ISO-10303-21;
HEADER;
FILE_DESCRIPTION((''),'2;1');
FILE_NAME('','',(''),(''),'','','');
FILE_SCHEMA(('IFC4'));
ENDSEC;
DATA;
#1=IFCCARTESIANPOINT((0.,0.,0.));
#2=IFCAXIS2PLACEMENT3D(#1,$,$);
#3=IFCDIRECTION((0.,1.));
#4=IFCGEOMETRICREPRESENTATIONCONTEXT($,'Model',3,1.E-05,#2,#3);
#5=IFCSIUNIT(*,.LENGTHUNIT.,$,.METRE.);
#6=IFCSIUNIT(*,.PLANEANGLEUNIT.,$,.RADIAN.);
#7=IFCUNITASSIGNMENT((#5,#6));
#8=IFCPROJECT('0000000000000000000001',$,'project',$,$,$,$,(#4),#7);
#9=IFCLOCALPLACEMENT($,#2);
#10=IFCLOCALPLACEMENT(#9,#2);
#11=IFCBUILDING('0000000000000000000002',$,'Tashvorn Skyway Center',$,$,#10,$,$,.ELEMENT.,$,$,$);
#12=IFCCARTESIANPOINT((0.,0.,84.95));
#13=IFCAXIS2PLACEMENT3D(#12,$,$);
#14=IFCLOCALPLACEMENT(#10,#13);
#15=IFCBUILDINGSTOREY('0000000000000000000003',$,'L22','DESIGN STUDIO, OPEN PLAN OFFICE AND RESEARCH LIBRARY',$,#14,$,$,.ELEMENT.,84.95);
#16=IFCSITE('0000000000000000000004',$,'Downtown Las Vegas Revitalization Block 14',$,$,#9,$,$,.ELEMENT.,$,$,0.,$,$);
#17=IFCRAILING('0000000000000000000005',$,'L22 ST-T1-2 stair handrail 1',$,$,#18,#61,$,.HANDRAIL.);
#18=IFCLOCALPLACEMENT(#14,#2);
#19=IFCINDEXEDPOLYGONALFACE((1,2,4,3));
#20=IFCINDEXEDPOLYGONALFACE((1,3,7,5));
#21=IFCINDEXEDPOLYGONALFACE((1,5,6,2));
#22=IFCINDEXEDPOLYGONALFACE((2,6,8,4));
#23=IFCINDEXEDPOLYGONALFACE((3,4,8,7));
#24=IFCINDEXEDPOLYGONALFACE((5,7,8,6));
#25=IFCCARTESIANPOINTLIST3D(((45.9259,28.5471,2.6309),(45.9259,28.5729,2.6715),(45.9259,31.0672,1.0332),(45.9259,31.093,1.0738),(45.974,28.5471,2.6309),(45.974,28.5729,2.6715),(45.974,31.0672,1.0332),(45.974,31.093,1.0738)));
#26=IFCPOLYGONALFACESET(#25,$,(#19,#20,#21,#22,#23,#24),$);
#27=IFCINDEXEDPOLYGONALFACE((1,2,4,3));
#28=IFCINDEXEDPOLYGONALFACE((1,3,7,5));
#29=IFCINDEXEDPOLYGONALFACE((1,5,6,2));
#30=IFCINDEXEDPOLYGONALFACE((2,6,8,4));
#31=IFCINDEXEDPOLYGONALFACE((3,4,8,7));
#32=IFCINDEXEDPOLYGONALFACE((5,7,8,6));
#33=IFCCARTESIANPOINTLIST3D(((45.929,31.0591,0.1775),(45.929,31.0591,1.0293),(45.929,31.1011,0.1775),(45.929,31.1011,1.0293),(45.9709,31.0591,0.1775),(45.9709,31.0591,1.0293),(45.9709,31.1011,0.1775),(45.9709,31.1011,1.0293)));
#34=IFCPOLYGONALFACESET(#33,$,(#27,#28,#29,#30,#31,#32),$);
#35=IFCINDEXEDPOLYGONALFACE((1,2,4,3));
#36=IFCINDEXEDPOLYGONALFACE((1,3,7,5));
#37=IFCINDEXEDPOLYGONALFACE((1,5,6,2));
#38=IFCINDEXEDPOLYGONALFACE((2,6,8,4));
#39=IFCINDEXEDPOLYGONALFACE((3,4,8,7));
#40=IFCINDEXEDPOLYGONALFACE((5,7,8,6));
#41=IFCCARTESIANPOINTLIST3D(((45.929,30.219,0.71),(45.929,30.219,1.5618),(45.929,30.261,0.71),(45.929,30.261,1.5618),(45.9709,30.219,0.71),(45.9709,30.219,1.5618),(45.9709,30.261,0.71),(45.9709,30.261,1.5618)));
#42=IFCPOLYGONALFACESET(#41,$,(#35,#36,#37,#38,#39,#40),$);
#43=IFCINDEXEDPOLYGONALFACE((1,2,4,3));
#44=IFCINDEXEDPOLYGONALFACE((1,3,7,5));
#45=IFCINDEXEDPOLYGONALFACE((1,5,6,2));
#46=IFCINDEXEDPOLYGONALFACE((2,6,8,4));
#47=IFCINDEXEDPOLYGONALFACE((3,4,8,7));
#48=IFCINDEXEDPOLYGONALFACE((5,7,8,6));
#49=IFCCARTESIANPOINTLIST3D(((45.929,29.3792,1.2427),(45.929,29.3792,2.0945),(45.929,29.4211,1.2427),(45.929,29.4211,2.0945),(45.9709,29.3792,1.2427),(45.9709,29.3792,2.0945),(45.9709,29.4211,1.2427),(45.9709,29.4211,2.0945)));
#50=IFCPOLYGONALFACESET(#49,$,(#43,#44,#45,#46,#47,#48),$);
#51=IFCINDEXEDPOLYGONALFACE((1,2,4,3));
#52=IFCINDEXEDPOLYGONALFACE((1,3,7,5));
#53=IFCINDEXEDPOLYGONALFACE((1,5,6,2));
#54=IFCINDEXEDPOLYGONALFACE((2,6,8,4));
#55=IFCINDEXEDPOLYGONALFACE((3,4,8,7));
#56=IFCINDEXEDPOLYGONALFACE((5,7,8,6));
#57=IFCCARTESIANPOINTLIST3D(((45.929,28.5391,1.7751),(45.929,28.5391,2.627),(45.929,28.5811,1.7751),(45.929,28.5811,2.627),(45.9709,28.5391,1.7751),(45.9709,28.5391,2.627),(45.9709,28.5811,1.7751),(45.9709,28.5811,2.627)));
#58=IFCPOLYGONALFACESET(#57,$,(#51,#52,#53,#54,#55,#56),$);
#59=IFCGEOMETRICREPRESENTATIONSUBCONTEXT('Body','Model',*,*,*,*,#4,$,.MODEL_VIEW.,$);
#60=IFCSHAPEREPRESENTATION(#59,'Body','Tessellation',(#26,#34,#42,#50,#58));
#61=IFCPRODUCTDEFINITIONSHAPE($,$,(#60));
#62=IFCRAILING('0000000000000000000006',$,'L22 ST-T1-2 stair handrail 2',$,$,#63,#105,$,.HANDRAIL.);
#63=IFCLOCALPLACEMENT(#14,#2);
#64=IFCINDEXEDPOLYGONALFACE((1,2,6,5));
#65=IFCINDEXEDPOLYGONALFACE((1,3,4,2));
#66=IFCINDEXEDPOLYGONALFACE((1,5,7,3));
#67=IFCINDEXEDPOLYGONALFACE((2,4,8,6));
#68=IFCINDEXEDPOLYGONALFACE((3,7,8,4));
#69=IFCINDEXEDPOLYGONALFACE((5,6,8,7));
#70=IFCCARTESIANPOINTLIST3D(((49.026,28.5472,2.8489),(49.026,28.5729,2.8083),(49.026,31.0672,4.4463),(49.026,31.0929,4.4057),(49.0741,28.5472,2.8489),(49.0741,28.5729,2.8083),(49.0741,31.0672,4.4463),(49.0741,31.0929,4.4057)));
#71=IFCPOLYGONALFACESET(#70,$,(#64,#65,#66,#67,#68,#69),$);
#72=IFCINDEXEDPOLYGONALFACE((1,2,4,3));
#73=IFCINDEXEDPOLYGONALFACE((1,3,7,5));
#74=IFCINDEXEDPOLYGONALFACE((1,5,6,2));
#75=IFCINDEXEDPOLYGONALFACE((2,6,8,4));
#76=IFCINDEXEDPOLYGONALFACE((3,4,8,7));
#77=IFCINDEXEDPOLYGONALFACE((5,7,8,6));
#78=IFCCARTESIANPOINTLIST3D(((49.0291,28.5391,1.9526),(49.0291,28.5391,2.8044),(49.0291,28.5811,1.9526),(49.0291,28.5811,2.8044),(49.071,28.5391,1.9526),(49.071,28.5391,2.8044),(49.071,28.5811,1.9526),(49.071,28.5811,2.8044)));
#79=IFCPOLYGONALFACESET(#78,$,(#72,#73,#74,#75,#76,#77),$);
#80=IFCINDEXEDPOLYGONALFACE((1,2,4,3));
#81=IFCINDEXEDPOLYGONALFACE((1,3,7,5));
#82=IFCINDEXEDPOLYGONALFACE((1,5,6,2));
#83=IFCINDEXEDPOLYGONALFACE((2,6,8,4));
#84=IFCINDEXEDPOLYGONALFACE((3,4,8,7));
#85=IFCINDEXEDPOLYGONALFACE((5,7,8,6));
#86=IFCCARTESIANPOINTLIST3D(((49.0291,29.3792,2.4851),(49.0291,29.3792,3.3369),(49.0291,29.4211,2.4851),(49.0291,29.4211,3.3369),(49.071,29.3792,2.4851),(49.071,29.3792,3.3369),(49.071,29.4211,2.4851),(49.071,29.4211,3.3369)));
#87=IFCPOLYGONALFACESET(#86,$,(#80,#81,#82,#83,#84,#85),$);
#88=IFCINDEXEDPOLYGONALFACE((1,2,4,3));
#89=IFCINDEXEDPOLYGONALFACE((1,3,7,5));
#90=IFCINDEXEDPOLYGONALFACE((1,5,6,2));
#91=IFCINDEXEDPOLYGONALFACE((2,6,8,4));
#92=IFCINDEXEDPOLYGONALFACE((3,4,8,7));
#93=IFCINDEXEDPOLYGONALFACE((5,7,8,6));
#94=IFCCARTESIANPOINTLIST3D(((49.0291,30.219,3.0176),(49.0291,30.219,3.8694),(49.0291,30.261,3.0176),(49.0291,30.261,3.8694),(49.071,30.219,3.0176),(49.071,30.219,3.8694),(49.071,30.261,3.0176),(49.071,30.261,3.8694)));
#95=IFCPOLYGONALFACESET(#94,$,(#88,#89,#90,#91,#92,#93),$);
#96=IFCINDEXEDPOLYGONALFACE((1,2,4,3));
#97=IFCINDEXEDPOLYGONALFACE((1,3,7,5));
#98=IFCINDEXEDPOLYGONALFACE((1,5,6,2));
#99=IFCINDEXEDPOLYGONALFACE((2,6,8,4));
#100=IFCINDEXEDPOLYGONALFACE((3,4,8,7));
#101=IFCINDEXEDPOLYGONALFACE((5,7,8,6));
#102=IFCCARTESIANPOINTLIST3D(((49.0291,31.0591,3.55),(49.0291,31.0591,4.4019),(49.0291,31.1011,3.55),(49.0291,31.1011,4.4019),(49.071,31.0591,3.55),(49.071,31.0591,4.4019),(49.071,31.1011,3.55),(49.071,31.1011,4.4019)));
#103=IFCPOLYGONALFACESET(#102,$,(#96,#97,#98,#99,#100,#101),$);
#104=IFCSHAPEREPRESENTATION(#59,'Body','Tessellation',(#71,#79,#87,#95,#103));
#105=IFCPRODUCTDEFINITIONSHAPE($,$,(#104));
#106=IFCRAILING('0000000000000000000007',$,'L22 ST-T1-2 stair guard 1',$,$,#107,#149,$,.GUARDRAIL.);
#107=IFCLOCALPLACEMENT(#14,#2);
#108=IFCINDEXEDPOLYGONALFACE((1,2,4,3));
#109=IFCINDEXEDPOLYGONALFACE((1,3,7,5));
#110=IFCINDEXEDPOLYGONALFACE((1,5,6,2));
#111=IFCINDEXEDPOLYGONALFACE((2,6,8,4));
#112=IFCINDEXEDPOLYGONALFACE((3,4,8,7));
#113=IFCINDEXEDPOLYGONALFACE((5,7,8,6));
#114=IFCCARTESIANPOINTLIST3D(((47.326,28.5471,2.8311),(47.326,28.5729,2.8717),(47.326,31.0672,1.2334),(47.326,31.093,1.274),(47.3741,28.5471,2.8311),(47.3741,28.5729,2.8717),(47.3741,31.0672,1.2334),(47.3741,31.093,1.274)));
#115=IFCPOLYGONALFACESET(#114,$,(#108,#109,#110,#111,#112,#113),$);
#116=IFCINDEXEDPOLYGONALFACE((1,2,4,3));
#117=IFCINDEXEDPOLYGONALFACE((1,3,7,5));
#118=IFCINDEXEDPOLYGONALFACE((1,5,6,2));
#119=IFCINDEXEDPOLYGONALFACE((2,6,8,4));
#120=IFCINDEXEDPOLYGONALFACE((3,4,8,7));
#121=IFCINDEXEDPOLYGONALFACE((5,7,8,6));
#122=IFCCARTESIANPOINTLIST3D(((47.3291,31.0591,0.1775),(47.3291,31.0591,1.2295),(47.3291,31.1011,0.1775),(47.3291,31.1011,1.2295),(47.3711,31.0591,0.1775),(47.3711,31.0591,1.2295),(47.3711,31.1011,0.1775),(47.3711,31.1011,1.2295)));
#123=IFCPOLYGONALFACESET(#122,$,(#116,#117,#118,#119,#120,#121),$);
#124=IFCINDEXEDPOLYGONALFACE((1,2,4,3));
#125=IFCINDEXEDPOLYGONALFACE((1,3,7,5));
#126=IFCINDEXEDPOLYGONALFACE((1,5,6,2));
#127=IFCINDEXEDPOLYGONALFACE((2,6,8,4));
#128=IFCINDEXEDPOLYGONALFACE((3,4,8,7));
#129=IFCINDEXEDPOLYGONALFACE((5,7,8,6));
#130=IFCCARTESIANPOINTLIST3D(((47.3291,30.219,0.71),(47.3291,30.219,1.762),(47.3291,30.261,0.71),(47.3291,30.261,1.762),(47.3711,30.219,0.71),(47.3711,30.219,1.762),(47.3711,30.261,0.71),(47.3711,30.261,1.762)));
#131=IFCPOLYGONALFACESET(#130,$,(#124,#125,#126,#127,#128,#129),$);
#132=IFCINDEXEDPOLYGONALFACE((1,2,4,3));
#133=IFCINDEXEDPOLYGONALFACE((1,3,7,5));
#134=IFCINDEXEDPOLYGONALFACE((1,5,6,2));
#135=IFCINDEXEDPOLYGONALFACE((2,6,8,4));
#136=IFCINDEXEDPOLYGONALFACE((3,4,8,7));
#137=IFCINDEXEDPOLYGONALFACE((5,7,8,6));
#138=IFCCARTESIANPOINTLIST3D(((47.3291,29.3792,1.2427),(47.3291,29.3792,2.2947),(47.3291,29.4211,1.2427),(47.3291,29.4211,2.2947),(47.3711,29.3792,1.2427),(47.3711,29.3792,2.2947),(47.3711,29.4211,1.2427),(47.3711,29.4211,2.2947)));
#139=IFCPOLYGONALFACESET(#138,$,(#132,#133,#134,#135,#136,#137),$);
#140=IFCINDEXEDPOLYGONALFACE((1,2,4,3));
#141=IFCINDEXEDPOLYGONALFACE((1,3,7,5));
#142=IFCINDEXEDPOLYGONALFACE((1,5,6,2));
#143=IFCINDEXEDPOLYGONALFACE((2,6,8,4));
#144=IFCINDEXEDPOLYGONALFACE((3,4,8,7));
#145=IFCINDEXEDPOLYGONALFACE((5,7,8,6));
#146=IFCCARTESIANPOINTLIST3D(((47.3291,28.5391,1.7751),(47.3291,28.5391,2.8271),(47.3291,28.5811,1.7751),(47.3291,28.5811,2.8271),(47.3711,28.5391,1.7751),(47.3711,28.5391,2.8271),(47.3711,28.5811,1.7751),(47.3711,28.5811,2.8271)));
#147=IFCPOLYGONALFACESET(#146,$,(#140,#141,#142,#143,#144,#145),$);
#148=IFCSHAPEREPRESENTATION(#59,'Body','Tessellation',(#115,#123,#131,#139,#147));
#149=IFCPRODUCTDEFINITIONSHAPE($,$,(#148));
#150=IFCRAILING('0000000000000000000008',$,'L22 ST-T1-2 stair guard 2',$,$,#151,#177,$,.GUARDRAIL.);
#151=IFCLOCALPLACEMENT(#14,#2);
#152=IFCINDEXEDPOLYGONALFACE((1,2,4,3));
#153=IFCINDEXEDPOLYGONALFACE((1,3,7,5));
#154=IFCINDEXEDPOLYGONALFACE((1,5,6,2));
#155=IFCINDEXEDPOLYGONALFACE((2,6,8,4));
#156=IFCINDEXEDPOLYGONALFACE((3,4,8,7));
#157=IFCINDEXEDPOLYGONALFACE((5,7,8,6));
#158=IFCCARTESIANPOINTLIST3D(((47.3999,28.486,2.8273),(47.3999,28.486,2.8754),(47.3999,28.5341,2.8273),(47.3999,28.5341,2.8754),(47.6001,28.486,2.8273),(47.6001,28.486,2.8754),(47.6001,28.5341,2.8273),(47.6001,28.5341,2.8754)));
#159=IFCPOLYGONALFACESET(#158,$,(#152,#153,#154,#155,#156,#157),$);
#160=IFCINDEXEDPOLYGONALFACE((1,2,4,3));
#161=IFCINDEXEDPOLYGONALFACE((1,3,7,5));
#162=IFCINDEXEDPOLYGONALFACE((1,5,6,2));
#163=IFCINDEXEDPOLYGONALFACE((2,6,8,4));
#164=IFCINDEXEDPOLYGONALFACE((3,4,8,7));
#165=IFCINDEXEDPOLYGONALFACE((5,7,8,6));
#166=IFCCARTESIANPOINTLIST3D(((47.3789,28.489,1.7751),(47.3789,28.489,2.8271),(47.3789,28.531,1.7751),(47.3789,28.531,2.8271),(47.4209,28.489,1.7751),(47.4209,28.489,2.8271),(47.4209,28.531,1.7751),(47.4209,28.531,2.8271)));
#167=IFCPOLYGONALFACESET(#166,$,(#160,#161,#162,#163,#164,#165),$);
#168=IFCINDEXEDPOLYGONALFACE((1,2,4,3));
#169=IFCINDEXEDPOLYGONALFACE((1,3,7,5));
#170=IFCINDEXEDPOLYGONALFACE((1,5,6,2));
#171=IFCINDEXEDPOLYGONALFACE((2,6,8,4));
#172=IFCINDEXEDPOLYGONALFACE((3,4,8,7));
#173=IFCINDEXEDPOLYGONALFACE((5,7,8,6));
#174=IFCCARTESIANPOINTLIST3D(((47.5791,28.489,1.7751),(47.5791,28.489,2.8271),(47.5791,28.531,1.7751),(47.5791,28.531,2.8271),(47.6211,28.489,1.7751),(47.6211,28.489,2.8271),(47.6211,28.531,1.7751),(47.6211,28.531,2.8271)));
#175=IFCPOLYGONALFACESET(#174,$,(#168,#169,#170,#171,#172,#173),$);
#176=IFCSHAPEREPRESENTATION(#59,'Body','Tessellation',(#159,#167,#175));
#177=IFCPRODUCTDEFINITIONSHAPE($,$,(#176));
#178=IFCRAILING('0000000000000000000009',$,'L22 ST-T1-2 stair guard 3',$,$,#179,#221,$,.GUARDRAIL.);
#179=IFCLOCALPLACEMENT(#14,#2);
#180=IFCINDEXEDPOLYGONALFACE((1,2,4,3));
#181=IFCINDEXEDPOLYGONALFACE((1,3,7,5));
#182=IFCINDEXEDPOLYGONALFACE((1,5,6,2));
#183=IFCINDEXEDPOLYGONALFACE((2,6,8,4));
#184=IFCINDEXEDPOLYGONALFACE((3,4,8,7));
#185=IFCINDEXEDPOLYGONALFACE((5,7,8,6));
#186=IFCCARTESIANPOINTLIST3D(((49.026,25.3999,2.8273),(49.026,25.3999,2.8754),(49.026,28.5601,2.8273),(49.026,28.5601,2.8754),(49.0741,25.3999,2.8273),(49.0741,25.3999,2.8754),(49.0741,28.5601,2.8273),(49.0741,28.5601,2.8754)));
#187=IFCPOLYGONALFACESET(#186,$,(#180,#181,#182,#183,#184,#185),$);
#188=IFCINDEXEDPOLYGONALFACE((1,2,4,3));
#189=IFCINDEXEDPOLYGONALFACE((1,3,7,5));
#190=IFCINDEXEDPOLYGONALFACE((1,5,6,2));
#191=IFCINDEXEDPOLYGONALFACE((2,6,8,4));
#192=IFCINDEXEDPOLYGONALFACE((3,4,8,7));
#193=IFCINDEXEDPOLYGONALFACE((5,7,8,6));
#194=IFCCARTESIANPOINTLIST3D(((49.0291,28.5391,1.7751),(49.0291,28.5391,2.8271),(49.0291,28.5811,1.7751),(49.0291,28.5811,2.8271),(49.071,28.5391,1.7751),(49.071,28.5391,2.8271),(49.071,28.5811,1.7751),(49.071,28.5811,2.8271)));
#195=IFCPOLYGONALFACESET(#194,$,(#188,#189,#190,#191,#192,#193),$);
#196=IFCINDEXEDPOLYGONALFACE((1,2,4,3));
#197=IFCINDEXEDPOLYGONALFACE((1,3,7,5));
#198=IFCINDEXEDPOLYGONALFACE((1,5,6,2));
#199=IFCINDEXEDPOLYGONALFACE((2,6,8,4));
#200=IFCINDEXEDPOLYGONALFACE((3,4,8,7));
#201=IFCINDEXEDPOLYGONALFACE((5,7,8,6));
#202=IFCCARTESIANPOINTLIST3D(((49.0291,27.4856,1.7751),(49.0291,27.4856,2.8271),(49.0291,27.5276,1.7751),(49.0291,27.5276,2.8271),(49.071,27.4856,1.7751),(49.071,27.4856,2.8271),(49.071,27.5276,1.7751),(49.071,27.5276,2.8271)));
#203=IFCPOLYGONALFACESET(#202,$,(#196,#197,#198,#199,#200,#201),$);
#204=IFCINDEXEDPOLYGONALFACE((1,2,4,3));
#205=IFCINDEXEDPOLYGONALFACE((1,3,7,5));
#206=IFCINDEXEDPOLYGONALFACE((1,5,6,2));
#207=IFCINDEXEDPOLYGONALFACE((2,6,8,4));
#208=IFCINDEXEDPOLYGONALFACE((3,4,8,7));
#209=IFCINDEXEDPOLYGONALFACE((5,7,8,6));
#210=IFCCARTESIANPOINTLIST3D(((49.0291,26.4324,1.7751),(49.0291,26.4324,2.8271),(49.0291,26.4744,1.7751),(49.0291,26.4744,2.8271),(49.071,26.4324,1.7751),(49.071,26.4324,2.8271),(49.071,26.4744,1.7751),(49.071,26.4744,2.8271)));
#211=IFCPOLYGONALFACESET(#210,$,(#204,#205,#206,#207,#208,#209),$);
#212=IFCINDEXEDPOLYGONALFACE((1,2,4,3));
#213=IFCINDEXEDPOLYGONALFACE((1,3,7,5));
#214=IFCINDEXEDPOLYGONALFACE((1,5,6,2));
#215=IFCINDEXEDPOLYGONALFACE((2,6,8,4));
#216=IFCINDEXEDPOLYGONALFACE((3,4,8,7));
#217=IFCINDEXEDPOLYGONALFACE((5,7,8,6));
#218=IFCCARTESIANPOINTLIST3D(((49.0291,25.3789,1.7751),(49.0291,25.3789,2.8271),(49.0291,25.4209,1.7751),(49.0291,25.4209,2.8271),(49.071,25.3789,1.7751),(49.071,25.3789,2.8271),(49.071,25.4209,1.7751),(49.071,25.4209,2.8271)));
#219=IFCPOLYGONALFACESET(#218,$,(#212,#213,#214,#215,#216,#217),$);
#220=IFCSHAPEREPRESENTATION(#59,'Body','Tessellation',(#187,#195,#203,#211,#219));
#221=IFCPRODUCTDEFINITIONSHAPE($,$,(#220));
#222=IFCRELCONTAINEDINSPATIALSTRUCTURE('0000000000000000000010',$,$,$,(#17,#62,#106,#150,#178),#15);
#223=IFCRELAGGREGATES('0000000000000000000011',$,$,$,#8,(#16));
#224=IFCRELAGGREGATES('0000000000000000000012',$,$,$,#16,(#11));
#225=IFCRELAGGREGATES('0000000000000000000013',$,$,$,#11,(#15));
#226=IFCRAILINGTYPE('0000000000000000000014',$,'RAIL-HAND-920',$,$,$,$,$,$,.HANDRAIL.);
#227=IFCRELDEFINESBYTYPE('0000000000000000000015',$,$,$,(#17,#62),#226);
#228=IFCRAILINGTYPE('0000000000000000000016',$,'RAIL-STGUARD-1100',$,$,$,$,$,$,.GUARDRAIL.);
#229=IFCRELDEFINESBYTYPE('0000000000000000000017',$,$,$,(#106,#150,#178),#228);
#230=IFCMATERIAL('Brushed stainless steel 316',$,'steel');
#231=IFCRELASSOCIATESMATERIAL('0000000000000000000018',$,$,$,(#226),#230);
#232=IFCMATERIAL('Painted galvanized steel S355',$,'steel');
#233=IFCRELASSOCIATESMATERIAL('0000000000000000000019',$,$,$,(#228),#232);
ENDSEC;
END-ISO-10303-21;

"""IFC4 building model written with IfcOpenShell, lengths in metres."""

from ifc_helpers import new_model, si_unit, direction, frame, origin, origin_2d, place, context, subcontext, project, spatial, rectangle, extrude, material, type_object, element, save


model = new_model("IFC4")

# Units and contexts
model_context = context("Model", 3, precision=1e-05, world=origin(), true_north=direction((0.0, 1.0)))
body_context = subcontext(model_context, "Body", "Model", "MODEL_VIEW")
ifc_project = project(units=[si_unit("LENGTHUNIT", "METRE"), si_unit("PLANEANGLEUNIT", "RADIAN")], contexts=[model_context])

# Site, building, storey
site_placement = place(None, origin())
site = spatial("IfcSite", under=ifc_project, at=site_placement, Name="Downtown Las Vegas Revitalization Block 14", CompositionType="ELEMENT", RefElevation=0.0)
building_placement = place(site_placement, origin())
building = spatial("IfcBuilding", under=site, at=building_placement, Name="Tashvorn Skyway Center", CompositionType="ELEMENT")
storey_placement = place(building_placement, frame((0.0, 0.0, 84.95)))
storey = spatial("IfcBuildingStorey", under=building, at=storey_placement, Name="L22", Description="DESIGN STUDIO, OPEN PLAN OFFICE AND RESEARCH LIBRARY", CompositionType="ELEMENT", Elevation=84.95)

# Railings
ifc_material_1 = material(Name="Brushed stainless steel 316", Category="steel")
railing_type_1 = type_object("IfcRailingType", Name="RAIL-HAND-920", PredefinedType="HANDRAIL", material=ifc_material_1)
railing_1_placement = place(storey_placement, frame((45.95, 31.0801, 0.1775)))
element("IfcRailing", 1, at=railing_1_placement, inside=storey, type_object=railing_type_1, Name="L22 ST-T1-2 stair handrail 1", PredefinedType="HANDRAIL", context=body_context, shape_type="SweptSolid", body=[
    extrude(rectangle(XDim=0.0481, YDim=0.0481, at=origin_2d()), frame((0.0, 0.0, 0.876), z_axis=(0.0, -0.84457, 0.535445), x_axis=(1.0, 0.0, 0.0)), (0.0, 0.0, 1.0), 2.9839),
    extrude(rectangle(XDim=0.042, YDim=0.042, at=origin_2d()), origin(), (0.0, 0.0, 1.0), 0.8518),
    extrude(rectangle(XDim=0.042, YDim=0.042, at=origin_2d()), frame((0.0, -0.8401, 0.5325)), (0.0, 0.0, 1.0), 0.8518),
    extrude(rectangle(XDim=0.042, YDim=0.042, at=origin_2d()), frame((0.0, -1.6799, 1.0652)), (0.0, 0.0, 1.0), 0.8518),
    extrude(rectangle(XDim=0.042, YDim=0.042, at=origin_2d()), frame((0.0, -2.52, 1.5977)), (0.0, 0.0, 1.0), 0.8518),
])
railing_2_placement = place(storey_placement, frame((49.05, 28.5601, 1.9526)))
element("IfcRailing", 2, at=railing_2_placement, inside=storey, type_object=railing_type_1, Name="L22 ST-T1-2 stair handrail 2", PredefinedType="HANDRAIL", context=body_context, shape_type="SweptSolid", body=[
    extrude(rectangle(XDim=0.0481, YDim=0.0481, at=origin_2d()), frame((0.0, 0.0, 0.876), z_axis=(0.0, 0.844607, 0.535387), x_axis=(-1.0, 0.0, 0.0)), (0.0, 0.0, 1.0), 2.9836),
    extrude(rectangle(XDim=0.042, YDim=0.042, at=origin_2d()), origin(), (0.0, 0.0, 1.0), 0.8518),
    extrude(rectangle(XDim=0.042, YDim=0.042, at=origin_2d()), frame((0.0, 0.8401, 0.5325)), (0.0, 0.0, 1.0), 0.8518),
    extrude(rectangle(XDim=0.042, YDim=0.042, at=origin_2d()), frame((0.0, 1.6799, 1.0649)), (0.0, 0.0, 1.0), 0.8518),
    extrude(rectangle(XDim=0.042, YDim=0.042, at=origin_2d()), frame((0.0, 2.52, 1.5974)), (0.0, 0.0, 1.0), 0.8518),
])
ifc_material_2 = material(Name="Painted galvanized steel S355", Category="steel")
railing_type_2 = type_object("IfcRailingType", Name="RAIL-STGUARD-1100", PredefinedType="GUARDRAIL", material=ifc_material_2)
railing_3_placement = place(storey_placement, frame((47.3501, 31.0801, 0.1775)))
element("IfcRailing", 3, at=railing_3_placement, inside=storey, type_object=railing_type_2, Name="L22 ST-T1-2 stair guard 1", PredefinedType="GUARDRAIL", context=body_context, shape_type="SweptSolid", body=[
    extrude(rectangle(XDim=0.0481, YDim=0.0481, at=origin_2d()), frame((0.0, 0.0, 1.0762), z_axis=(0.0, -0.84457, 0.535445), x_axis=(1.0, 0.0, 0.0)), (0.0, 0.0, 1.0), 2.9839),
    extrude(rectangle(XDim=0.042, YDim=0.042, at=origin_2d()), origin(), (0.0, 0.0, 1.0), 1.052),
    extrude(rectangle(XDim=0.042, YDim=0.042, at=origin_2d()), frame((0.0, -0.8401, 0.5325)), (0.0, 0.0, 1.0), 1.052),
    extrude(rectangle(XDim=0.042, YDim=0.042, at=origin_2d()), frame((0.0, -1.6799, 1.0652)), (0.0, 0.0, 1.0), 1.052),
    extrude(rectangle(XDim=0.042, YDim=0.042, at=origin_2d()), frame((0.0, -2.52, 1.5977)), (0.0, 0.0, 1.0), 1.052),
])
railing_4_placement = place(storey_placement, frame((47.3999, 28.51, 1.7751)))
element("IfcRailing", 4, at=railing_4_placement, inside=storey, type_object=railing_type_2, Name="L22 ST-T1-2 stair guard 2", PredefinedType="GUARDRAIL", context=body_context, shape_type="SweptSolid", body=[
    extrude(rectangle(XDim=0.0481, YDim=0.0481, at=origin_2d()), frame((0.0, 0.0, 1.0762), z_axis=(1.0, 0.0, 0.0), x_axis=(0.0, 1.0, 0.0)), (0.0, 0.0, 1.0), 0.2002),
    extrude(rectangle(XDim=0.042, YDim=0.042, at=origin_2d()), origin(), (0.0, 0.0, 1.0), 1.052),
    extrude(rectangle(XDim=0.042, YDim=0.042, at=origin_2d()), frame((0.2002, 0.0, 0.0)), (0.0, 0.0, 1.0), 1.052),
])
railing_5_placement = place(storey_placement, frame((49.05, 28.5601, 1.7751)))
element("IfcRailing", 5, at=railing_5_placement, inside=storey, type_object=railing_type_2, Name="L22 ST-T1-2 stair guard 3", PredefinedType="GUARDRAIL", context=body_context, shape_type="SweptSolid", body=[
    extrude(rectangle(XDim=0.0481, YDim=0.0481, at=origin_2d()), frame((0.0, 0.0, 1.0762), z_axis=(0.0, -1.0, 0.0), x_axis=(1.0, 0.0, 0.0)), (0.0, 0.0, 1.0), 3.1602),
    extrude(rectangle(XDim=0.042, YDim=0.042, at=origin_2d()), origin(), (0.0, 0.0, 1.0), 1.052),
    extrude(rectangle(XDim=0.042, YDim=0.042, at=origin_2d()), frame((0.0, -1.0535, 0.0)), (0.0, 0.0, 1.0), 1.052),
    extrude(rectangle(XDim=0.042, YDim=0.042, at=origin_2d()), frame((0.0, -2.1067, 0.0)), (0.0, 0.0, 1.0), 1.052),
    extrude(rectangle(XDim=0.042, YDim=0.042, at=origin_2d()), frame((0.0, -3.1602, 0.0)), (0.0, 0.0, 1.0), 1.052),
])

save(model, "model.ifc")
